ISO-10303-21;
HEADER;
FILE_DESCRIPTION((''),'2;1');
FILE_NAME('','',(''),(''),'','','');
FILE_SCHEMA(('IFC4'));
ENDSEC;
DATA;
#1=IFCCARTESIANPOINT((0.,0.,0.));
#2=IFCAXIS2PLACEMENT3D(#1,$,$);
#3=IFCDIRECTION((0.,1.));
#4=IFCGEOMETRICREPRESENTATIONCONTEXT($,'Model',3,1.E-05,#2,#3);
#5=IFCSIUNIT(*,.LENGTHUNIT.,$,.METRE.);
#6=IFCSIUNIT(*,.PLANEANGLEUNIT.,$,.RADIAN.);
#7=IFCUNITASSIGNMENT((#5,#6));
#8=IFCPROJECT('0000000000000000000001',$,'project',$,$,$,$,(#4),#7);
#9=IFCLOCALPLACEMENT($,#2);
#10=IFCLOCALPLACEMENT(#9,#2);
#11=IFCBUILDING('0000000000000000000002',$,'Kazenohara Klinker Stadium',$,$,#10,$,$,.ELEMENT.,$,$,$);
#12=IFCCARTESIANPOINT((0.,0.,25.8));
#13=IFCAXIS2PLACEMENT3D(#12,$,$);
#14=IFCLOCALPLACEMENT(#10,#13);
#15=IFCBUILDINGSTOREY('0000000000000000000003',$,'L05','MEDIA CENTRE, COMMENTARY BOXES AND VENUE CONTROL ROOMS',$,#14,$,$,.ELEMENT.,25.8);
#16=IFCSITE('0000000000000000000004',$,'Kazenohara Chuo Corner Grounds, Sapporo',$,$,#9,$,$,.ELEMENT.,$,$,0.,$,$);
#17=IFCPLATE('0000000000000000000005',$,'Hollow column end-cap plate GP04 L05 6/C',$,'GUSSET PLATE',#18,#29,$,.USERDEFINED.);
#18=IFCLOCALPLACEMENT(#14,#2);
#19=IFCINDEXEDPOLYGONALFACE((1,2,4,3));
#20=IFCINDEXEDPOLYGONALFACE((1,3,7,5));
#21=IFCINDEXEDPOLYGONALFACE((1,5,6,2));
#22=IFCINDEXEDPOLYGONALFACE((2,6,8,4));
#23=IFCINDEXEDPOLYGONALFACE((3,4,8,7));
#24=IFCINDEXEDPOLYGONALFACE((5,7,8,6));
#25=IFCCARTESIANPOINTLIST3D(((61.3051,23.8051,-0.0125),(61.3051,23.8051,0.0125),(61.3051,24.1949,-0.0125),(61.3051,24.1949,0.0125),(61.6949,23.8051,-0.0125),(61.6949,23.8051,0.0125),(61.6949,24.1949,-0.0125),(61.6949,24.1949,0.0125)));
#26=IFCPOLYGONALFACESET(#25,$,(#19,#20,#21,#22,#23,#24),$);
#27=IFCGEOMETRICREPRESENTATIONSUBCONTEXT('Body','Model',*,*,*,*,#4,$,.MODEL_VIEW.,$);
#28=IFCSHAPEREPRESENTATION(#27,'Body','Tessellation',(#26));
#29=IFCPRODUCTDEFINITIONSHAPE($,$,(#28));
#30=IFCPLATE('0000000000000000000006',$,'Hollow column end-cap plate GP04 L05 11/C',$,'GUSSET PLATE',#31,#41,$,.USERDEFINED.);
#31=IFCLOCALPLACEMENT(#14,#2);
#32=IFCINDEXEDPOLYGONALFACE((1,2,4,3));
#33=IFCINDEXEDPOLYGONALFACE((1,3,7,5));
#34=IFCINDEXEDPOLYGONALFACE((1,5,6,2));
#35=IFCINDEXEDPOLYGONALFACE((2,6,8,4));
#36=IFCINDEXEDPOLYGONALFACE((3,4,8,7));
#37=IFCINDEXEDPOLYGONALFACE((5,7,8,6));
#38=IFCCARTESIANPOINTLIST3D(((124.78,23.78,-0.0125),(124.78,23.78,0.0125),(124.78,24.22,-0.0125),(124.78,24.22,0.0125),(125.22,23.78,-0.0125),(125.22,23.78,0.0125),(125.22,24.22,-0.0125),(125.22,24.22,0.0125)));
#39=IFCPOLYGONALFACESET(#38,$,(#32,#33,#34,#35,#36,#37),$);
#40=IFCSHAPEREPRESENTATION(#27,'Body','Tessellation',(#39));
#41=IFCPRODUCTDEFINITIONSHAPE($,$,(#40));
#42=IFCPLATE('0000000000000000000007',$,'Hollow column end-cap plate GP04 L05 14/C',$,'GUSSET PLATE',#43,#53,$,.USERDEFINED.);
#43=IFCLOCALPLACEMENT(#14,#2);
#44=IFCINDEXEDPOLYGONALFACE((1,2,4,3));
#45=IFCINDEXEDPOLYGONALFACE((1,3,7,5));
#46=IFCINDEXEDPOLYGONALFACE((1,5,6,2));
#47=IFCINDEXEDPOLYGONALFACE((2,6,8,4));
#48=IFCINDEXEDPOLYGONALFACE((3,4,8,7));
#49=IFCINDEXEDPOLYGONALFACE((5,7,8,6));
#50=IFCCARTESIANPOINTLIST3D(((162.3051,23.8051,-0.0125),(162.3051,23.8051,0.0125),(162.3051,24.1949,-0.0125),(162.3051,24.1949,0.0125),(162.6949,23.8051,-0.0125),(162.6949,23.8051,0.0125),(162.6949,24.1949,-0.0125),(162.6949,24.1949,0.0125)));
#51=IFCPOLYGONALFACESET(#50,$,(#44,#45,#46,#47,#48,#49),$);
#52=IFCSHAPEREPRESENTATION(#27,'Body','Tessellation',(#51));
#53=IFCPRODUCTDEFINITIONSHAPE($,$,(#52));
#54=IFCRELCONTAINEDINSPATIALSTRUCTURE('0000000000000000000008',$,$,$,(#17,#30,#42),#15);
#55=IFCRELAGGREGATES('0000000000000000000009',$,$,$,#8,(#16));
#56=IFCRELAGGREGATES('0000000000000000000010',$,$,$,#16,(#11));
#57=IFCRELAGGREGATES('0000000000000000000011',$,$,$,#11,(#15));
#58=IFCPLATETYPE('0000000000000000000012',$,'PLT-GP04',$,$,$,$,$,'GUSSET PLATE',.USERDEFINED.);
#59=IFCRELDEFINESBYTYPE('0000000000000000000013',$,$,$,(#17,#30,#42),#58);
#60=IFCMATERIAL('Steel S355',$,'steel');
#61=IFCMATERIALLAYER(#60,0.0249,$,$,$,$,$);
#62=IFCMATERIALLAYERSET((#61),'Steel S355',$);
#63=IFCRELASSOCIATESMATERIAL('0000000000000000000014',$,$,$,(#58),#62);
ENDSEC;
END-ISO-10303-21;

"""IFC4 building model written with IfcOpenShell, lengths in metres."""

from ifc_helpers import new_model, si_unit, direction, frame, origin, origin_2d, place, context, subcontext, project, spatial, rectangle, extrude, material, layer, layer_set, type_object, element, save


model = new_model("IFC4")

# Units and contexts
model_context = context("Model", 3, precision=1e-05, world=origin(), true_north=direction((0.0, 1.0)))
body_context = subcontext(model_context, "Body", "Model", "MODEL_VIEW")
ifc_project = project(units=[si_unit("LENGTHUNIT", "METRE"), si_unit("PLANEANGLEUNIT", "RADIAN")], contexts=[model_context])

# Site, building, storey
site_placement = place(None, origin())
site = spatial("IfcSite", under=ifc_project, at=site_placement, Name="Kazenohara Chuo Corner Grounds, Sapporo", CompositionType="ELEMENT", RefElevation=0.0)
building_placement = place(site_placement, origin())
building = spatial("IfcBuilding", under=site, at=building_placement, Name="Kazenohara Klinker Stadium", CompositionType="ELEMENT")
storey_placement = place(building_placement, frame((0.0, 0.0, 25.8)))
storey = spatial("IfcBuildingStorey", under=building, at=storey_placement, Name="L05", Description="MEDIA CENTRE, COMMENTARY BOXES AND VENUE CONTROL ROOMS", CompositionType="ELEMENT", Elevation=25.8)

# Shared definitions
ifc_material = material(Name="Steel S355", Category="steel")

# Plates
ifc_layer_1 = layer(ifc_material, 0.0249)
ifc_layer_set_1 = layer_set([ifc_layer_1], Name="Steel S355")
plate_type_1 = type_object("IfcPlateType", Name="PLT-GP04", ElementType="GUSSET PLATE", PredefinedType="USERDEFINED", material=ifc_layer_set_1)
plate_1_placement = place(storey_placement, frame((61.5, 24.0, -0.0125), z_axis=(0.0, 0.0, 1.0), x_axis=(1.0, 0.0, 0.0)))
element("IfcPlate", 1, at=plate_1_placement, inside=storey, type_object=plate_type_1, Name="Hollow column end-cap plate GP04 L05 6/C", ObjectType="GUSSET PLATE", PredefinedType="USERDEFINED", context=body_context, shape_type="SweptSolid", body=[
    extrude(rectangle(XDim=0.3899, YDim=0.3899, at=origin_2d()), origin(), (0.0, 0.0, 1.0), 0.0249),
])
plate_2_placement = place(storey_placement, frame((125.0, 24.0, -0.0125), z_axis=(0.0, 0.0, 1.0), x_axis=(1.0, 0.0, 0.0)))
element("IfcPlate", 2, at=plate_2_placement, inside=storey, type_object=plate_type_1, Name="Hollow column end-cap plate GP04 L05 11/C", ObjectType="GUSSET PLATE", PredefinedType="USERDEFINED", context=body_context, shape_type="SweptSolid", body=[
    extrude(rectangle(XDim=0.4399, YDim=0.4399, at=origin_2d()), origin(), (0.0, 0.0, 1.0), 0.0249),
])
plate_3_placement = place(storey_placement, frame((162.5, 24.0, -0.0125), z_axis=(0.0, 0.0, 1.0), x_axis=(1.0, 0.0, 0.0)))
element("IfcPlate", 3, at=plate_3_placement, inside=storey, type_object=plate_type_1, Name="Hollow column end-cap plate GP04 L05 14/C", ObjectType="GUSSET PLATE", PredefinedType="USERDEFINED", context=body_context, shape_type="SweptSolid", body=[
    extrude(rectangle(XDim=0.3899, YDim=0.3899, at=origin_2d()), origin(), (0.0, 0.0, 1.0), 0.0249),
])

save(model, "model.ifc")
